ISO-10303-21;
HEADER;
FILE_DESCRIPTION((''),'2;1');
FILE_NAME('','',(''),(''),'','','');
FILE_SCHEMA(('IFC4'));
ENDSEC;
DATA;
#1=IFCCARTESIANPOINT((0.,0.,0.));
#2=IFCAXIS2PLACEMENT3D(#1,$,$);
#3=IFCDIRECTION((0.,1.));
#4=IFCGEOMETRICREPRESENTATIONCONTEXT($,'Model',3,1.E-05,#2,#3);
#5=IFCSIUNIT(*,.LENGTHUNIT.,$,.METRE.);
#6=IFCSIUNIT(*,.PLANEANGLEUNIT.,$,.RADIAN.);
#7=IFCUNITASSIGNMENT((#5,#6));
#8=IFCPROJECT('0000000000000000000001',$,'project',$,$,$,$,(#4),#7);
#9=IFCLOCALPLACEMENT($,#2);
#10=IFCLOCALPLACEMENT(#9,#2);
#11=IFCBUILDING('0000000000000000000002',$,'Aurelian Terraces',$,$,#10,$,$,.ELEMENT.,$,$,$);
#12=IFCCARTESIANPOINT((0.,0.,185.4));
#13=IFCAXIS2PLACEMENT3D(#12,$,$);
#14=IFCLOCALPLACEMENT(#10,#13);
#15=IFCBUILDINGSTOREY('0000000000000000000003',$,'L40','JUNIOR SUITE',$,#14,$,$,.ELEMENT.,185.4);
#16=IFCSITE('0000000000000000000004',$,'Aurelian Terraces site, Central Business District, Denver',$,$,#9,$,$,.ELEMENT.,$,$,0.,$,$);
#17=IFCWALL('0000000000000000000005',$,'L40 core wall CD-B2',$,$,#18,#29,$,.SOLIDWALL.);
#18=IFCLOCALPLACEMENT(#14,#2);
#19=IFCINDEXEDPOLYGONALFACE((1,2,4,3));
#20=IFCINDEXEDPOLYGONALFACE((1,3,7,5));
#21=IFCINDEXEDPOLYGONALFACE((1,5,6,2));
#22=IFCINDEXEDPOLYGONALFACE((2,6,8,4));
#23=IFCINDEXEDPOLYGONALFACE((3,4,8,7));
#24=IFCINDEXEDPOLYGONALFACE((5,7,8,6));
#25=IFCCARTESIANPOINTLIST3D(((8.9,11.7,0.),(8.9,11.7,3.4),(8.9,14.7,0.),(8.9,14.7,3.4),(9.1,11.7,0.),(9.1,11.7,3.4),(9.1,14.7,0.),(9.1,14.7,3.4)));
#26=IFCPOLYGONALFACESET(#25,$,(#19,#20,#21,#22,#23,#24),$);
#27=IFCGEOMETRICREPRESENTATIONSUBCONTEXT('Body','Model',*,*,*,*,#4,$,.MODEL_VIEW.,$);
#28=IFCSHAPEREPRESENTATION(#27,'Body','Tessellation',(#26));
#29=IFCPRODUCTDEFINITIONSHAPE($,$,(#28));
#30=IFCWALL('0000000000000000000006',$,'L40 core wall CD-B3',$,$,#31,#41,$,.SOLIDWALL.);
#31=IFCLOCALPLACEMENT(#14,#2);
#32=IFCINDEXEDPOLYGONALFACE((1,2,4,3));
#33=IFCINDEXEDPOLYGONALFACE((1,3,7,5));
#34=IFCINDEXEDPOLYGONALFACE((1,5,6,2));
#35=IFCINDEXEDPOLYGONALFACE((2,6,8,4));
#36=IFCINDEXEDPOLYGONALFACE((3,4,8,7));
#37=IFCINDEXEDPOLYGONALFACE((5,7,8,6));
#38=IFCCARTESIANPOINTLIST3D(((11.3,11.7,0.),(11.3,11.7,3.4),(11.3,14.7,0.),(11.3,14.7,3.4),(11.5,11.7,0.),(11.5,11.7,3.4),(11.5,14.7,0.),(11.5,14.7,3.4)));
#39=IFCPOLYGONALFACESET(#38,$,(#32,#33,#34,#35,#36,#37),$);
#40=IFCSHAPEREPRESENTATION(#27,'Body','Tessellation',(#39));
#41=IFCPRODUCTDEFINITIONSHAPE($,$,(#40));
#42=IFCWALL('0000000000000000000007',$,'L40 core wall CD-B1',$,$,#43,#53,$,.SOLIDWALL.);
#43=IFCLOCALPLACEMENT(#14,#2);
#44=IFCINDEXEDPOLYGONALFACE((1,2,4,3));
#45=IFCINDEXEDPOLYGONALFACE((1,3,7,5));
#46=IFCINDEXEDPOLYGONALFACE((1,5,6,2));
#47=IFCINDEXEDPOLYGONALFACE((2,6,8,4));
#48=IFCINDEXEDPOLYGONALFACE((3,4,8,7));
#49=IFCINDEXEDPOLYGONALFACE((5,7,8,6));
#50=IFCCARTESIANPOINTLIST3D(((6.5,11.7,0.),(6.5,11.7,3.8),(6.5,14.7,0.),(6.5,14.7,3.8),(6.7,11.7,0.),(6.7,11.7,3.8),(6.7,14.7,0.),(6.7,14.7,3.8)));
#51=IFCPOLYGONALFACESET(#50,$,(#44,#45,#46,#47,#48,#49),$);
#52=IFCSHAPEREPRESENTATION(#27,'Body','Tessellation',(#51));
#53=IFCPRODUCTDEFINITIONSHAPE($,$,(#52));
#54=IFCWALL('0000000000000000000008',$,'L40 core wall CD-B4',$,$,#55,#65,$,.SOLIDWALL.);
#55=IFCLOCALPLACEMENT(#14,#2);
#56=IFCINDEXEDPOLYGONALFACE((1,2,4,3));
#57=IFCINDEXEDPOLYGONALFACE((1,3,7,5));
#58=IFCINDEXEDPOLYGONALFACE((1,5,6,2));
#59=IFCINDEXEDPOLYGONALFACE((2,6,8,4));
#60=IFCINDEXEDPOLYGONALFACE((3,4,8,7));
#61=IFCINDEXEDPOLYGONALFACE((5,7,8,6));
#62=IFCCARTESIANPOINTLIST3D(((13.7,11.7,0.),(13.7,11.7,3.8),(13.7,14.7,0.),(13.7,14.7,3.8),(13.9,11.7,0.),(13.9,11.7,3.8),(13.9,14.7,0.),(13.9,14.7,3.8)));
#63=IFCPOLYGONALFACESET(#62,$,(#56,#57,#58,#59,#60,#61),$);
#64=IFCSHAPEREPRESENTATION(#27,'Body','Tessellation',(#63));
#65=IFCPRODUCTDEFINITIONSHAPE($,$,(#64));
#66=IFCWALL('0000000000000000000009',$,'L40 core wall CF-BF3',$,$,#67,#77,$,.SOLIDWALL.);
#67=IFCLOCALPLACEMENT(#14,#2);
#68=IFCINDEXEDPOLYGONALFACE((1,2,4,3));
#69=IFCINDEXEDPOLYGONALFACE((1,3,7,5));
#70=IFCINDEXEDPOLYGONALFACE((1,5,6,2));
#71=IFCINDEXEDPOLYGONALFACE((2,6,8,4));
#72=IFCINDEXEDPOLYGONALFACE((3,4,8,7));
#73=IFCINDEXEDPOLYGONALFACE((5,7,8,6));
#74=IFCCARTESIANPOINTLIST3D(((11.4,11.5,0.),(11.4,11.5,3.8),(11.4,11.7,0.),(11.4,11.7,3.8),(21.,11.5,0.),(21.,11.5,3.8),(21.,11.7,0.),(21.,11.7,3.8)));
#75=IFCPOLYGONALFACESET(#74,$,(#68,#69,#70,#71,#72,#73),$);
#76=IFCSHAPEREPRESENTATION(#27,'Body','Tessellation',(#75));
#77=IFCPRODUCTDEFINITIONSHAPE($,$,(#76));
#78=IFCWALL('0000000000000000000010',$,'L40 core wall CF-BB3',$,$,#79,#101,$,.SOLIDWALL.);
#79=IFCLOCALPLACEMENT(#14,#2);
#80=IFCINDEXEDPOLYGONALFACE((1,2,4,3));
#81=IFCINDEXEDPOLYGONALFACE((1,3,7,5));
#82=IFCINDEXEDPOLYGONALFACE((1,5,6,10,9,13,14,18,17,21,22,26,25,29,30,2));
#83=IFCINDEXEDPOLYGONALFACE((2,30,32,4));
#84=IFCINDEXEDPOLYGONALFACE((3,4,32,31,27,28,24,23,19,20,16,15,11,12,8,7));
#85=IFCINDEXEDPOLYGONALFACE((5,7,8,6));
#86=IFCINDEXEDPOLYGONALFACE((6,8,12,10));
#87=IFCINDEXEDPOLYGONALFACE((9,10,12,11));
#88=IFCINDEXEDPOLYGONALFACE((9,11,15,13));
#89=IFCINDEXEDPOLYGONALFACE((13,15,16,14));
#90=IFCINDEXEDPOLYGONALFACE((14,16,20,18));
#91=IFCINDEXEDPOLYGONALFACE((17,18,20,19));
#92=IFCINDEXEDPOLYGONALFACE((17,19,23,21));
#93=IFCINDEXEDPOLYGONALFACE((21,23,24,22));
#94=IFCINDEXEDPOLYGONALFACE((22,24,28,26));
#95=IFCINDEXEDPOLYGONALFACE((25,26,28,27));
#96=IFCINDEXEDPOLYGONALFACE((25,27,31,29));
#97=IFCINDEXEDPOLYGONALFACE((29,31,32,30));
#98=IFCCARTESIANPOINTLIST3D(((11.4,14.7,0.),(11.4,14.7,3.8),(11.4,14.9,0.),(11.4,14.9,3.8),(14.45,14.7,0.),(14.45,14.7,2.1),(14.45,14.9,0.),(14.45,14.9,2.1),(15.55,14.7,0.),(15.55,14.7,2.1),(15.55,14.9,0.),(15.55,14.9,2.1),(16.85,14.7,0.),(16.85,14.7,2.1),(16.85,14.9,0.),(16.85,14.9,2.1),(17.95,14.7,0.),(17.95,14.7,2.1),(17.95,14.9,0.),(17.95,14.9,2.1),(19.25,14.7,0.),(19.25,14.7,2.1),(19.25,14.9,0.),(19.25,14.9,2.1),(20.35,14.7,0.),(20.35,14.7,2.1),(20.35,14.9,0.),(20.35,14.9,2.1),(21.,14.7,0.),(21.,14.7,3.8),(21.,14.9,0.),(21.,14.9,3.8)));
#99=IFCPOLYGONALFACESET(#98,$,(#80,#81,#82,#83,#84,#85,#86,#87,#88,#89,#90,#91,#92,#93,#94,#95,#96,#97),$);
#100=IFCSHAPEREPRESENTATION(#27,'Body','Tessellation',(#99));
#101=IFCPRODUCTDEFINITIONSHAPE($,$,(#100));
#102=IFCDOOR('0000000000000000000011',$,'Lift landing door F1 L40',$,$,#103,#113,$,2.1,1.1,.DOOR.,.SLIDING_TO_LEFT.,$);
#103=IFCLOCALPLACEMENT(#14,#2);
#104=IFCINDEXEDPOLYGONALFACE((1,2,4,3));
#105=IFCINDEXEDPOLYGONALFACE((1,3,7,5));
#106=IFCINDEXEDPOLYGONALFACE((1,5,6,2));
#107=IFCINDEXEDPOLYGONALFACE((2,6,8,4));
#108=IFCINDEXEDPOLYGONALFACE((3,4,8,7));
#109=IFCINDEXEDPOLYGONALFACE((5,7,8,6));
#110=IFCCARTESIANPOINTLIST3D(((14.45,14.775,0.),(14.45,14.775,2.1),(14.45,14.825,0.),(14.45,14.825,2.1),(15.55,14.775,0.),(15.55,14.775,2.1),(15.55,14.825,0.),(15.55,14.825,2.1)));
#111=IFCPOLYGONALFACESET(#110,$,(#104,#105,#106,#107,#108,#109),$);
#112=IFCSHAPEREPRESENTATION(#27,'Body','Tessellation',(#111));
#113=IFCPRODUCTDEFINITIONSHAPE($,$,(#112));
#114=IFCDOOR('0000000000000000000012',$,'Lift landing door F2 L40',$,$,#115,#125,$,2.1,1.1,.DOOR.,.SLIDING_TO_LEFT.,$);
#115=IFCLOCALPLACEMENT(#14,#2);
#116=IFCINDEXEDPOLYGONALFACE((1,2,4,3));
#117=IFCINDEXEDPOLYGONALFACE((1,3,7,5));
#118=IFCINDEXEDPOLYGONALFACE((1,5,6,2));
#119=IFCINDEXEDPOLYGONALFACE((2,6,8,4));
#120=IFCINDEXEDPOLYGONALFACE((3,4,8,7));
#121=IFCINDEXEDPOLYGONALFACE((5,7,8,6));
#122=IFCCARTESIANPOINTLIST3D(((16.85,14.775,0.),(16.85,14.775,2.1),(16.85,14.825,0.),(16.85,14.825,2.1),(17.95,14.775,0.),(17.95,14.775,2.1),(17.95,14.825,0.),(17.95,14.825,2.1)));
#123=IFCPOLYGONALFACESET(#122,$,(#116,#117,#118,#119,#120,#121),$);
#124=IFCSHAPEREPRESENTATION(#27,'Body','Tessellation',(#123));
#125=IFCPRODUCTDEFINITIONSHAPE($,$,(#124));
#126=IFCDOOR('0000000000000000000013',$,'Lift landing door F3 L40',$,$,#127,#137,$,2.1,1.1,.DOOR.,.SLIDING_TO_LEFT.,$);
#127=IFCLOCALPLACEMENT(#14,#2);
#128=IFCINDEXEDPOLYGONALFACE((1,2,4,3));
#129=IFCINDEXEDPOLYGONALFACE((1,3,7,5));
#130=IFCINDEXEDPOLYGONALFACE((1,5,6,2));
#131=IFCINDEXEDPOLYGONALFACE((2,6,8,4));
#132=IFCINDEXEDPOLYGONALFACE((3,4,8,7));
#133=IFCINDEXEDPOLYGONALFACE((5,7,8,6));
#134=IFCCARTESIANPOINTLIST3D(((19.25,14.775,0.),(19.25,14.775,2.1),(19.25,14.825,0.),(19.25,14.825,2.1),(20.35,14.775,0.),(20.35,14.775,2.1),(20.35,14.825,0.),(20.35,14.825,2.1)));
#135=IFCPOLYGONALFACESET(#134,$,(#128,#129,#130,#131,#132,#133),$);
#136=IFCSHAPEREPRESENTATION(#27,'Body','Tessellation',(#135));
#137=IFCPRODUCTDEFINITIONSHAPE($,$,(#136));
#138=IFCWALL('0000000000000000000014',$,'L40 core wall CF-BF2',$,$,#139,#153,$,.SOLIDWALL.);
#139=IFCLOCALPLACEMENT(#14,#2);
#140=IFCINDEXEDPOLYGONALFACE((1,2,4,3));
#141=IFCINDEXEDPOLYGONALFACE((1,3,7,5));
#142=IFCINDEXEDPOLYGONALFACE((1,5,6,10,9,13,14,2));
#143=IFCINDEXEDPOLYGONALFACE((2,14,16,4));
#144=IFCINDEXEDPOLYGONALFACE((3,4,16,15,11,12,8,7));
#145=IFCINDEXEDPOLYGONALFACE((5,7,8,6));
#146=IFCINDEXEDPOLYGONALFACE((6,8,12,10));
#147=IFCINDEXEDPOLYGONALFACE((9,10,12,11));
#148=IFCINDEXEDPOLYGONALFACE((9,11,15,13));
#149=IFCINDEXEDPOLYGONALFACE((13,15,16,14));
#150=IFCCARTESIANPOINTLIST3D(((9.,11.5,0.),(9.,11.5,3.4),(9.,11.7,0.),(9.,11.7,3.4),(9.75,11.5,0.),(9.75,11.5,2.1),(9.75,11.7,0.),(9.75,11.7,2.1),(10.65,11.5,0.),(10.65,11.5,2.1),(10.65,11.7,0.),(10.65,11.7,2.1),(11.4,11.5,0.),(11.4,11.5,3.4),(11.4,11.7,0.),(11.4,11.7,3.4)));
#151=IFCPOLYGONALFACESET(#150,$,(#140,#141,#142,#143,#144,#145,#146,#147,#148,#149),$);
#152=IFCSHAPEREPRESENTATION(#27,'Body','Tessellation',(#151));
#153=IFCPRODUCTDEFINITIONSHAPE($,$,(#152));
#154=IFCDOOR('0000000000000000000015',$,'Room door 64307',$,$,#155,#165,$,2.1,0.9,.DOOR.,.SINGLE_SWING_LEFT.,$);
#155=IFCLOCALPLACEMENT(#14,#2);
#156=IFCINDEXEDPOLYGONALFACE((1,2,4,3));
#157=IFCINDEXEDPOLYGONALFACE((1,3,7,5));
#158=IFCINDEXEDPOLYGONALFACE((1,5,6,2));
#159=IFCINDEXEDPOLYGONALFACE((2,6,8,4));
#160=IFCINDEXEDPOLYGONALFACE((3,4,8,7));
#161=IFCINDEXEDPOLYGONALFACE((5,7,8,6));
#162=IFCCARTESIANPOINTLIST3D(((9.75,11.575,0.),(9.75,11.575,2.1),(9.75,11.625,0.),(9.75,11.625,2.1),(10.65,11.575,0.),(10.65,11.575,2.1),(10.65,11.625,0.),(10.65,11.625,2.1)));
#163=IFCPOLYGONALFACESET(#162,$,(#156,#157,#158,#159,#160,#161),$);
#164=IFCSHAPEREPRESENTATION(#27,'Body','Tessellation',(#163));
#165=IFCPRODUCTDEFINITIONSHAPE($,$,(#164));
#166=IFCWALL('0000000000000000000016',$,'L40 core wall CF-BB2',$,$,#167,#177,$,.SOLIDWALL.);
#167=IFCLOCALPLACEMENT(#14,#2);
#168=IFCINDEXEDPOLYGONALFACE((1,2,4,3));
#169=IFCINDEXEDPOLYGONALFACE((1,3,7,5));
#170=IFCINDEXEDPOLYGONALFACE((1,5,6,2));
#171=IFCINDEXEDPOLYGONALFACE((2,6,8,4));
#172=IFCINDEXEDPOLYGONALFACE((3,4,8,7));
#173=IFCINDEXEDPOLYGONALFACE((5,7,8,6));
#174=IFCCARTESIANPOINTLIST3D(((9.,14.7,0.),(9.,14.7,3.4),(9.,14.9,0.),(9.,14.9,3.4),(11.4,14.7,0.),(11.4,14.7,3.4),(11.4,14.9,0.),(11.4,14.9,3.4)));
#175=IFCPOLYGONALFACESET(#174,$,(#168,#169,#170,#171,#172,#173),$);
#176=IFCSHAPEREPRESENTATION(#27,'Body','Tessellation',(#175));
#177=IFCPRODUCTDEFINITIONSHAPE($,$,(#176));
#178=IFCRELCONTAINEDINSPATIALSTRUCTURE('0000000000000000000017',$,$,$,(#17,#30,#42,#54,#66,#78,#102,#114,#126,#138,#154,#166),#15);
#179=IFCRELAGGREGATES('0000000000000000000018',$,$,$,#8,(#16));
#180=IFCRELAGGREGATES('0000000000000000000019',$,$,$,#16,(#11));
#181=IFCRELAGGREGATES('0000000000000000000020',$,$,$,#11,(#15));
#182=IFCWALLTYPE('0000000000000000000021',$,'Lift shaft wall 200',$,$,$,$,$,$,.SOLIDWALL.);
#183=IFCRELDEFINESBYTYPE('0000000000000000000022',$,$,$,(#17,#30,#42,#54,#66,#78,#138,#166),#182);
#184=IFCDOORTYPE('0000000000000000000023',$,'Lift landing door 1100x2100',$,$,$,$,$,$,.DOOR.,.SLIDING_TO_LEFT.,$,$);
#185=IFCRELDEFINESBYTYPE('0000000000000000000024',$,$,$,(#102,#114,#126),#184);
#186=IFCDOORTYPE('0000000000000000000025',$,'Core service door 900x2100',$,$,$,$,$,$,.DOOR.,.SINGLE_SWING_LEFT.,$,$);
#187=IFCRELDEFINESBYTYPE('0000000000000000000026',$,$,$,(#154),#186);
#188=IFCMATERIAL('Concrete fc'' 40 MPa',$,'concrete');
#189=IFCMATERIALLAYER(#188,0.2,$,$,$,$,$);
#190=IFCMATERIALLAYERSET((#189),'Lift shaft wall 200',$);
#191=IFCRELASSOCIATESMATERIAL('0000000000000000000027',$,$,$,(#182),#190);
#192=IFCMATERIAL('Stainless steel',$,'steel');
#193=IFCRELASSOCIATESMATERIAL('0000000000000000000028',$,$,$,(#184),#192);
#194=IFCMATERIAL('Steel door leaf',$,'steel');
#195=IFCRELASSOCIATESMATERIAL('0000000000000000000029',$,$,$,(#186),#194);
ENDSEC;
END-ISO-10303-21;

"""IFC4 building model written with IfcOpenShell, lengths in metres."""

from ifc_helpers import new_model, si_unit, direction, frame, frame_2d, origin, place, context, subcontext, project, spatial, rectangle, extrude, source, transform, mapped, material, layer, layer_set, type_object, element, fill, save


model = new_model("IFC4")

# Units and contexts
model_context = context("Model", 3, precision=1e-05, world=origin(), true_north=direction((0.0, 1.0)))
body_context = subcontext(model_context, "Body", "Model", "MODEL_VIEW")
ifc_project = project(units=[si_unit("LENGTHUNIT", "METRE"), si_unit("PLANEANGLEUNIT", "RADIAN")], contexts=[model_context])

# Site, building, storey
site_placement = place(None, origin())
site = spatial("IfcSite", under=ifc_project, at=site_placement, Name="Aurelian Terraces site, Central Business District, Denver", CompositionType="ELEMENT", RefElevation=0.0)
building_placement = place(site_placement, origin())
building = spatial("IfcBuilding", under=site, at=building_placement, Name="Aurelian Terraces", CompositionType="ELEMENT")
storey_placement = place(building_placement, frame((0.0, 0.0, 185.4)))
storey = spatial("IfcBuildingStorey", under=building, at=storey_placement, Name="L40", Description="JUNIOR SUITE", CompositionType="ELEMENT", Elevation=185.4)

# Walls
ifc_material_1 = material(Name="Concrete fc' 40 MPa", Category="concrete")
ifc_layer_1 = layer(ifc_material_1, 0.2)
ifc_layer_set_1 = layer_set([ifc_layer_1], Name="Lift shaft wall 200")
wall_type_1 = type_object("IfcWallType", Name="Lift shaft wall 200", PredefinedType="SOLIDWALL", material=ifc_layer_set_1)
shared_shape_1 = source(origin(), body_context, "Body", "SweptSolid", [
    extrude(rectangle(XDim=3.0, YDim=0.2, at=frame_2d((1.5, 0.0))), origin(), (0.0, 0.0, 1.0), 3.4),
])
for number, where, z_axis, x_axis, name in (
    (1, (9.0, 11.7, 0.0), (0.0, 0.0, 1.0), (0.0, 1.0, 0.0), "L40 core wall CD-B2"),
    (2, (11.4, 11.7, 0.0), (0.0, 0.0, 1.0), (0.0, 1.0, 0.0), "L40 core wall CD-B3"),
):
    element("IfcWall", number, at=place(storey_placement, frame(where, z_axis=z_axis, x_axis=x_axis)), inside=storey, type_object=wall_type_1, Name=name, PredefinedType="SOLIDWALL", context=body_context, shape_type="MappedRepresentation", body=[
        mapped(shared_shape_1, transform((0.0, 0.0, 0.0), scale=1.0)),
    ])
shared_shape_2 = source(origin(), body_context, "Body", "SweptSolid", [
    extrude(rectangle(XDim=3.0, YDim=0.2, at=frame_2d((1.5, 0.0))), origin(), (0.0, 0.0, 1.0), 3.8),
])
for number, where, z_axis, x_axis, name in (
    (3, (6.6, 11.7, 0.0), (0.0, 0.0, 1.0), (0.0, 1.0, 0.0), "L40 core wall CD-B1"),
    (4, (13.8, 11.7, 0.0), (0.0, 0.0, 1.0), (0.0, 1.0, 0.0), "L40 core wall CD-B4"),
):
    element("IfcWall", number, at=place(storey_placement, frame(where, z_axis=z_axis, x_axis=x_axis)), inside=storey, type_object=wall_type_1, Name=name, PredefinedType="SOLIDWALL", context=body_context, shape_type="MappedRepresentation", body=[
        mapped(shared_shape_2, transform((0.0, 0.0, 0.0), scale=1.0)),
    ])
shared_shape_3 = source(origin(), body_context, "Body", "SweptSolid", [
    extrude(rectangle(XDim=9.6, YDim=0.2, at=frame_2d((4.8, 0.0))), origin(), (0.0, 0.0, 1.0), 3.8),
])
wall_1_placement = place(storey_placement, frame((11.4, 11.6, 0.0), z_axis=(0.0, 0.0, 1.0), x_axis=(1.0, 0.0, 0.0)))
element("IfcWall", 5, at=wall_1_placement, inside=storey, type_object=wall_type_1, Name="L40 core wall CF-BF3", PredefinedType="SOLIDWALL", context=body_context, shape_type="MappedRepresentation", body=[
    mapped(shared_shape_3, transform((0.0, 0.0, 0.0), scale=1.0)),
])

# Wall, openings, doors
wall_2_placement = place(storey_placement, frame((11.4, 14.8, 0.0), z_axis=(0.0, 0.0, 1.0), x_axis=(1.0, 0.0, 0.0)))
wall_2 = element("IfcWall", 6, at=wall_2_placement, inside=storey, type_object=wall_type_1, Name="L40 core wall CF-BB3", PredefinedType="SOLIDWALL", context=body_context, shape_type="MappedRepresentation", body=[
    mapped(shared_shape_3, transform((0.0, 0.0, 0.0), scale=1.0)),
])
shared_shape_4 = source(origin(), body_context, "Body", "SweptSolid", [
    extrude(rectangle(XDim=1.1, YDim=2.1, at=frame_2d((0.55, 1.05))), frame((0.0, 0.11, 0.0), z_axis=(0.0, -1.0, 0.0), x_axis=(1.0, 0.0, 0.0)), (0.0, 0.0, 1.0), 0.22),
])
opening_1_placement = place(wall_2_placement, frame((3.05, 0.0, 0.0)))
opening_1 = element("IfcOpeningElement", 7, at=opening_1_placement, cuts=wall_2, PredefinedType="OPENING", context=body_context, shape_type="MappedRepresentation", body=[
    mapped(shared_shape_4, transform((0.0, 0.0, 0.0), scale=1.0)),
])
opening_2_placement = place(wall_2_placement, frame((5.45, 0.0, 0.0)))
opening_2 = element("IfcOpeningElement", 8, at=opening_2_placement, cuts=wall_2, PredefinedType="OPENING", context=body_context, shape_type="MappedRepresentation", body=[
    mapped(shared_shape_4, transform((0.0, 0.0, 0.0), scale=1.0)),
])
opening_3_placement = place(wall_2_placement, frame((7.85, 0.0, 0.0)))
opening_3 = element("IfcOpeningElement", 9, at=opening_3_placement, cuts=wall_2, PredefinedType="OPENING", context=body_context, shape_type="MappedRepresentation", body=[
    mapped(shared_shape_4, transform((0.0, 0.0, 0.0), scale=1.0)),
])
ifc_material_2 = material(Name="Stainless steel", Category="steel")
door_type_1 = type_object("IfcDoorType", Name="Lift landing door 1100x2100", OperationType="SLIDING_TO_LEFT", PredefinedType="DOOR", material=ifc_material_2)
shared_shape_5 = source(origin(), body_context, "Body", "SweptSolid", [
    extrude(rectangle(XDim=1.1, YDim=2.1, at=frame_2d((0.55, 1.05))), frame((0.0, 0.025, 0.0), z_axis=(0.0, -1.0, 0.0), x_axis=(1.0, 0.0, 0.0)), (0.0, 0.0, 1.0), 0.05),
])
door_1_placement = place(opening_1_placement, origin())
door_1 = element("IfcDoor", 10, at=door_1_placement, inside=storey, type_object=door_type_1, Name="Lift landing door F1 L40", OperationType="SLIDING_TO_LEFT", OverallHeight=2.1, OverallWidth=1.1, PredefinedType="DOOR", context=body_context, shape_type="MappedRepresentation", body=[
    mapped(shared_shape_5, transform((0.0, 0.0, 0.0), scale=1.0)),
])
fill(opening_1, door_1)
door_2_placement = place(opening_2_placement, origin())
door_2 = element("IfcDoor", 11, at=door_2_placement, inside=storey, type_object=door_type_1, Name="Lift landing door F2 L40", OperationType="SLIDING_TO_LEFT", OverallHeight=2.1, OverallWidth=1.1, PredefinedType="DOOR", context=body_context, shape_type="MappedRepresentation", body=[
    mapped(shared_shape_5, transform((0.0, 0.0, 0.0), scale=1.0)),
])
fill(opening_2, door_2)
door_3_placement = place(opening_3_placement, origin())
door_3 = element("IfcDoor", 12, at=door_3_placement, inside=storey, type_object=door_type_1, Name="Lift landing door F3 L40", OperationType="SLIDING_TO_LEFT", OverallHeight=2.1, OverallWidth=1.1, PredefinedType="DOOR", context=body_context, shape_type="MappedRepresentation", body=[
    mapped(shared_shape_5, transform((0.0, 0.0, 0.0), scale=1.0)),
])
fill(opening_3, door_3)

# Wall, opening, door
shared_shape_6 = source(origin(), body_context, "Body", "SweptSolid", [
    extrude(rectangle(XDim=2.4, YDim=0.2, at=frame_2d((1.2, 0.0))), origin(), (0.0, 0.0, 1.0), 3.4),
])
wall_3_placement = place(storey_placement, frame((9.0, 11.6, 0.0), z_axis=(0.0, 0.0, 1.0), x_axis=(1.0, 0.0, 0.0)))
wall_3 = element("IfcWall", 13, at=wall_3_placement, inside=storey, type_object=wall_type_1, Name="L40 core wall CF-BF2", PredefinedType="SOLIDWALL", context=body_context, shape_type="MappedRepresentation", body=[
    mapped(shared_shape_6, transform((0.0, 0.0, 0.0), scale=1.0)),
])
shared_shape_7 = source(origin(), body_context, "Body", "SweptSolid", [
    extrude(rectangle(XDim=0.9, YDim=2.1, at=frame_2d((0.45, 1.05))), frame((0.0, 0.11, 0.0), z_axis=(0.0, -1.0, 0.0), x_axis=(1.0, 0.0, 0.0)), (0.0, 0.0, 1.0), 0.22),
])
opening_4_placement = place(wall_3_placement, frame((0.75, 0.0, 0.0)))
opening_4 = element("IfcOpeningElement", 14, at=opening_4_placement, cuts=wall_3, PredefinedType="OPENING", context=body_context, shape_type="MappedRepresentation", body=[
    mapped(shared_shape_7, transform((0.0, 0.0, 0.0), scale=1.0)),
])
ifc_material_3 = material(Name="Steel door leaf", Category="steel")
door_type_2 = type_object("IfcDoorType", Name="Core service door 900x2100", OperationType="SINGLE_SWING_LEFT", PredefinedType="DOOR", material=ifc_material_3)
shared_shape_8 = source(origin(), body_context, "Body", "SweptSolid", [
    extrude(rectangle(XDim=0.9, YDim=2.1, at=frame_2d((0.45, 1.05))), frame((0.0, 0.025, 0.0), z_axis=(0.0, -1.0, 0.0), x_axis=(1.0, 0.0, 0.0)), (0.0, 0.0, 1.0), 0.05),
])
door_4_placement = place(opening_4_placement, origin())
door_4 = element("IfcDoor", 15, at=door_4_placement, inside=storey, type_object=door_type_2, Name="Room door 64307", OperationType="SINGLE_SWING_LEFT", OverallHeight=2.1, OverallWidth=0.9, PredefinedType="DOOR", context=body_context, shape_type="MappedRepresentation", body=[
    mapped(shared_shape_8, transform((0.0, 0.0, 0.0), scale=1.0)),
])
fill(opening_4, door_4)

# Wall
wall_4_placement = place(storey_placement, frame((9.0, 14.8, 0.0), z_axis=(0.0, 0.0, 1.0), x_axis=(1.0, 0.0, 0.0)))
element("IfcWall", 16, at=wall_4_placement, inside=storey, type_object=wall_type_1, Name="L40 core wall CF-BB2", PredefinedType="SOLIDWALL", context=body_context, shape_type="MappedRepresentation", body=[
    mapped(shared_shape_6, transform((0.0, 0.0, 0.0), scale=1.0)),
])

save(model, "model.ifc")
